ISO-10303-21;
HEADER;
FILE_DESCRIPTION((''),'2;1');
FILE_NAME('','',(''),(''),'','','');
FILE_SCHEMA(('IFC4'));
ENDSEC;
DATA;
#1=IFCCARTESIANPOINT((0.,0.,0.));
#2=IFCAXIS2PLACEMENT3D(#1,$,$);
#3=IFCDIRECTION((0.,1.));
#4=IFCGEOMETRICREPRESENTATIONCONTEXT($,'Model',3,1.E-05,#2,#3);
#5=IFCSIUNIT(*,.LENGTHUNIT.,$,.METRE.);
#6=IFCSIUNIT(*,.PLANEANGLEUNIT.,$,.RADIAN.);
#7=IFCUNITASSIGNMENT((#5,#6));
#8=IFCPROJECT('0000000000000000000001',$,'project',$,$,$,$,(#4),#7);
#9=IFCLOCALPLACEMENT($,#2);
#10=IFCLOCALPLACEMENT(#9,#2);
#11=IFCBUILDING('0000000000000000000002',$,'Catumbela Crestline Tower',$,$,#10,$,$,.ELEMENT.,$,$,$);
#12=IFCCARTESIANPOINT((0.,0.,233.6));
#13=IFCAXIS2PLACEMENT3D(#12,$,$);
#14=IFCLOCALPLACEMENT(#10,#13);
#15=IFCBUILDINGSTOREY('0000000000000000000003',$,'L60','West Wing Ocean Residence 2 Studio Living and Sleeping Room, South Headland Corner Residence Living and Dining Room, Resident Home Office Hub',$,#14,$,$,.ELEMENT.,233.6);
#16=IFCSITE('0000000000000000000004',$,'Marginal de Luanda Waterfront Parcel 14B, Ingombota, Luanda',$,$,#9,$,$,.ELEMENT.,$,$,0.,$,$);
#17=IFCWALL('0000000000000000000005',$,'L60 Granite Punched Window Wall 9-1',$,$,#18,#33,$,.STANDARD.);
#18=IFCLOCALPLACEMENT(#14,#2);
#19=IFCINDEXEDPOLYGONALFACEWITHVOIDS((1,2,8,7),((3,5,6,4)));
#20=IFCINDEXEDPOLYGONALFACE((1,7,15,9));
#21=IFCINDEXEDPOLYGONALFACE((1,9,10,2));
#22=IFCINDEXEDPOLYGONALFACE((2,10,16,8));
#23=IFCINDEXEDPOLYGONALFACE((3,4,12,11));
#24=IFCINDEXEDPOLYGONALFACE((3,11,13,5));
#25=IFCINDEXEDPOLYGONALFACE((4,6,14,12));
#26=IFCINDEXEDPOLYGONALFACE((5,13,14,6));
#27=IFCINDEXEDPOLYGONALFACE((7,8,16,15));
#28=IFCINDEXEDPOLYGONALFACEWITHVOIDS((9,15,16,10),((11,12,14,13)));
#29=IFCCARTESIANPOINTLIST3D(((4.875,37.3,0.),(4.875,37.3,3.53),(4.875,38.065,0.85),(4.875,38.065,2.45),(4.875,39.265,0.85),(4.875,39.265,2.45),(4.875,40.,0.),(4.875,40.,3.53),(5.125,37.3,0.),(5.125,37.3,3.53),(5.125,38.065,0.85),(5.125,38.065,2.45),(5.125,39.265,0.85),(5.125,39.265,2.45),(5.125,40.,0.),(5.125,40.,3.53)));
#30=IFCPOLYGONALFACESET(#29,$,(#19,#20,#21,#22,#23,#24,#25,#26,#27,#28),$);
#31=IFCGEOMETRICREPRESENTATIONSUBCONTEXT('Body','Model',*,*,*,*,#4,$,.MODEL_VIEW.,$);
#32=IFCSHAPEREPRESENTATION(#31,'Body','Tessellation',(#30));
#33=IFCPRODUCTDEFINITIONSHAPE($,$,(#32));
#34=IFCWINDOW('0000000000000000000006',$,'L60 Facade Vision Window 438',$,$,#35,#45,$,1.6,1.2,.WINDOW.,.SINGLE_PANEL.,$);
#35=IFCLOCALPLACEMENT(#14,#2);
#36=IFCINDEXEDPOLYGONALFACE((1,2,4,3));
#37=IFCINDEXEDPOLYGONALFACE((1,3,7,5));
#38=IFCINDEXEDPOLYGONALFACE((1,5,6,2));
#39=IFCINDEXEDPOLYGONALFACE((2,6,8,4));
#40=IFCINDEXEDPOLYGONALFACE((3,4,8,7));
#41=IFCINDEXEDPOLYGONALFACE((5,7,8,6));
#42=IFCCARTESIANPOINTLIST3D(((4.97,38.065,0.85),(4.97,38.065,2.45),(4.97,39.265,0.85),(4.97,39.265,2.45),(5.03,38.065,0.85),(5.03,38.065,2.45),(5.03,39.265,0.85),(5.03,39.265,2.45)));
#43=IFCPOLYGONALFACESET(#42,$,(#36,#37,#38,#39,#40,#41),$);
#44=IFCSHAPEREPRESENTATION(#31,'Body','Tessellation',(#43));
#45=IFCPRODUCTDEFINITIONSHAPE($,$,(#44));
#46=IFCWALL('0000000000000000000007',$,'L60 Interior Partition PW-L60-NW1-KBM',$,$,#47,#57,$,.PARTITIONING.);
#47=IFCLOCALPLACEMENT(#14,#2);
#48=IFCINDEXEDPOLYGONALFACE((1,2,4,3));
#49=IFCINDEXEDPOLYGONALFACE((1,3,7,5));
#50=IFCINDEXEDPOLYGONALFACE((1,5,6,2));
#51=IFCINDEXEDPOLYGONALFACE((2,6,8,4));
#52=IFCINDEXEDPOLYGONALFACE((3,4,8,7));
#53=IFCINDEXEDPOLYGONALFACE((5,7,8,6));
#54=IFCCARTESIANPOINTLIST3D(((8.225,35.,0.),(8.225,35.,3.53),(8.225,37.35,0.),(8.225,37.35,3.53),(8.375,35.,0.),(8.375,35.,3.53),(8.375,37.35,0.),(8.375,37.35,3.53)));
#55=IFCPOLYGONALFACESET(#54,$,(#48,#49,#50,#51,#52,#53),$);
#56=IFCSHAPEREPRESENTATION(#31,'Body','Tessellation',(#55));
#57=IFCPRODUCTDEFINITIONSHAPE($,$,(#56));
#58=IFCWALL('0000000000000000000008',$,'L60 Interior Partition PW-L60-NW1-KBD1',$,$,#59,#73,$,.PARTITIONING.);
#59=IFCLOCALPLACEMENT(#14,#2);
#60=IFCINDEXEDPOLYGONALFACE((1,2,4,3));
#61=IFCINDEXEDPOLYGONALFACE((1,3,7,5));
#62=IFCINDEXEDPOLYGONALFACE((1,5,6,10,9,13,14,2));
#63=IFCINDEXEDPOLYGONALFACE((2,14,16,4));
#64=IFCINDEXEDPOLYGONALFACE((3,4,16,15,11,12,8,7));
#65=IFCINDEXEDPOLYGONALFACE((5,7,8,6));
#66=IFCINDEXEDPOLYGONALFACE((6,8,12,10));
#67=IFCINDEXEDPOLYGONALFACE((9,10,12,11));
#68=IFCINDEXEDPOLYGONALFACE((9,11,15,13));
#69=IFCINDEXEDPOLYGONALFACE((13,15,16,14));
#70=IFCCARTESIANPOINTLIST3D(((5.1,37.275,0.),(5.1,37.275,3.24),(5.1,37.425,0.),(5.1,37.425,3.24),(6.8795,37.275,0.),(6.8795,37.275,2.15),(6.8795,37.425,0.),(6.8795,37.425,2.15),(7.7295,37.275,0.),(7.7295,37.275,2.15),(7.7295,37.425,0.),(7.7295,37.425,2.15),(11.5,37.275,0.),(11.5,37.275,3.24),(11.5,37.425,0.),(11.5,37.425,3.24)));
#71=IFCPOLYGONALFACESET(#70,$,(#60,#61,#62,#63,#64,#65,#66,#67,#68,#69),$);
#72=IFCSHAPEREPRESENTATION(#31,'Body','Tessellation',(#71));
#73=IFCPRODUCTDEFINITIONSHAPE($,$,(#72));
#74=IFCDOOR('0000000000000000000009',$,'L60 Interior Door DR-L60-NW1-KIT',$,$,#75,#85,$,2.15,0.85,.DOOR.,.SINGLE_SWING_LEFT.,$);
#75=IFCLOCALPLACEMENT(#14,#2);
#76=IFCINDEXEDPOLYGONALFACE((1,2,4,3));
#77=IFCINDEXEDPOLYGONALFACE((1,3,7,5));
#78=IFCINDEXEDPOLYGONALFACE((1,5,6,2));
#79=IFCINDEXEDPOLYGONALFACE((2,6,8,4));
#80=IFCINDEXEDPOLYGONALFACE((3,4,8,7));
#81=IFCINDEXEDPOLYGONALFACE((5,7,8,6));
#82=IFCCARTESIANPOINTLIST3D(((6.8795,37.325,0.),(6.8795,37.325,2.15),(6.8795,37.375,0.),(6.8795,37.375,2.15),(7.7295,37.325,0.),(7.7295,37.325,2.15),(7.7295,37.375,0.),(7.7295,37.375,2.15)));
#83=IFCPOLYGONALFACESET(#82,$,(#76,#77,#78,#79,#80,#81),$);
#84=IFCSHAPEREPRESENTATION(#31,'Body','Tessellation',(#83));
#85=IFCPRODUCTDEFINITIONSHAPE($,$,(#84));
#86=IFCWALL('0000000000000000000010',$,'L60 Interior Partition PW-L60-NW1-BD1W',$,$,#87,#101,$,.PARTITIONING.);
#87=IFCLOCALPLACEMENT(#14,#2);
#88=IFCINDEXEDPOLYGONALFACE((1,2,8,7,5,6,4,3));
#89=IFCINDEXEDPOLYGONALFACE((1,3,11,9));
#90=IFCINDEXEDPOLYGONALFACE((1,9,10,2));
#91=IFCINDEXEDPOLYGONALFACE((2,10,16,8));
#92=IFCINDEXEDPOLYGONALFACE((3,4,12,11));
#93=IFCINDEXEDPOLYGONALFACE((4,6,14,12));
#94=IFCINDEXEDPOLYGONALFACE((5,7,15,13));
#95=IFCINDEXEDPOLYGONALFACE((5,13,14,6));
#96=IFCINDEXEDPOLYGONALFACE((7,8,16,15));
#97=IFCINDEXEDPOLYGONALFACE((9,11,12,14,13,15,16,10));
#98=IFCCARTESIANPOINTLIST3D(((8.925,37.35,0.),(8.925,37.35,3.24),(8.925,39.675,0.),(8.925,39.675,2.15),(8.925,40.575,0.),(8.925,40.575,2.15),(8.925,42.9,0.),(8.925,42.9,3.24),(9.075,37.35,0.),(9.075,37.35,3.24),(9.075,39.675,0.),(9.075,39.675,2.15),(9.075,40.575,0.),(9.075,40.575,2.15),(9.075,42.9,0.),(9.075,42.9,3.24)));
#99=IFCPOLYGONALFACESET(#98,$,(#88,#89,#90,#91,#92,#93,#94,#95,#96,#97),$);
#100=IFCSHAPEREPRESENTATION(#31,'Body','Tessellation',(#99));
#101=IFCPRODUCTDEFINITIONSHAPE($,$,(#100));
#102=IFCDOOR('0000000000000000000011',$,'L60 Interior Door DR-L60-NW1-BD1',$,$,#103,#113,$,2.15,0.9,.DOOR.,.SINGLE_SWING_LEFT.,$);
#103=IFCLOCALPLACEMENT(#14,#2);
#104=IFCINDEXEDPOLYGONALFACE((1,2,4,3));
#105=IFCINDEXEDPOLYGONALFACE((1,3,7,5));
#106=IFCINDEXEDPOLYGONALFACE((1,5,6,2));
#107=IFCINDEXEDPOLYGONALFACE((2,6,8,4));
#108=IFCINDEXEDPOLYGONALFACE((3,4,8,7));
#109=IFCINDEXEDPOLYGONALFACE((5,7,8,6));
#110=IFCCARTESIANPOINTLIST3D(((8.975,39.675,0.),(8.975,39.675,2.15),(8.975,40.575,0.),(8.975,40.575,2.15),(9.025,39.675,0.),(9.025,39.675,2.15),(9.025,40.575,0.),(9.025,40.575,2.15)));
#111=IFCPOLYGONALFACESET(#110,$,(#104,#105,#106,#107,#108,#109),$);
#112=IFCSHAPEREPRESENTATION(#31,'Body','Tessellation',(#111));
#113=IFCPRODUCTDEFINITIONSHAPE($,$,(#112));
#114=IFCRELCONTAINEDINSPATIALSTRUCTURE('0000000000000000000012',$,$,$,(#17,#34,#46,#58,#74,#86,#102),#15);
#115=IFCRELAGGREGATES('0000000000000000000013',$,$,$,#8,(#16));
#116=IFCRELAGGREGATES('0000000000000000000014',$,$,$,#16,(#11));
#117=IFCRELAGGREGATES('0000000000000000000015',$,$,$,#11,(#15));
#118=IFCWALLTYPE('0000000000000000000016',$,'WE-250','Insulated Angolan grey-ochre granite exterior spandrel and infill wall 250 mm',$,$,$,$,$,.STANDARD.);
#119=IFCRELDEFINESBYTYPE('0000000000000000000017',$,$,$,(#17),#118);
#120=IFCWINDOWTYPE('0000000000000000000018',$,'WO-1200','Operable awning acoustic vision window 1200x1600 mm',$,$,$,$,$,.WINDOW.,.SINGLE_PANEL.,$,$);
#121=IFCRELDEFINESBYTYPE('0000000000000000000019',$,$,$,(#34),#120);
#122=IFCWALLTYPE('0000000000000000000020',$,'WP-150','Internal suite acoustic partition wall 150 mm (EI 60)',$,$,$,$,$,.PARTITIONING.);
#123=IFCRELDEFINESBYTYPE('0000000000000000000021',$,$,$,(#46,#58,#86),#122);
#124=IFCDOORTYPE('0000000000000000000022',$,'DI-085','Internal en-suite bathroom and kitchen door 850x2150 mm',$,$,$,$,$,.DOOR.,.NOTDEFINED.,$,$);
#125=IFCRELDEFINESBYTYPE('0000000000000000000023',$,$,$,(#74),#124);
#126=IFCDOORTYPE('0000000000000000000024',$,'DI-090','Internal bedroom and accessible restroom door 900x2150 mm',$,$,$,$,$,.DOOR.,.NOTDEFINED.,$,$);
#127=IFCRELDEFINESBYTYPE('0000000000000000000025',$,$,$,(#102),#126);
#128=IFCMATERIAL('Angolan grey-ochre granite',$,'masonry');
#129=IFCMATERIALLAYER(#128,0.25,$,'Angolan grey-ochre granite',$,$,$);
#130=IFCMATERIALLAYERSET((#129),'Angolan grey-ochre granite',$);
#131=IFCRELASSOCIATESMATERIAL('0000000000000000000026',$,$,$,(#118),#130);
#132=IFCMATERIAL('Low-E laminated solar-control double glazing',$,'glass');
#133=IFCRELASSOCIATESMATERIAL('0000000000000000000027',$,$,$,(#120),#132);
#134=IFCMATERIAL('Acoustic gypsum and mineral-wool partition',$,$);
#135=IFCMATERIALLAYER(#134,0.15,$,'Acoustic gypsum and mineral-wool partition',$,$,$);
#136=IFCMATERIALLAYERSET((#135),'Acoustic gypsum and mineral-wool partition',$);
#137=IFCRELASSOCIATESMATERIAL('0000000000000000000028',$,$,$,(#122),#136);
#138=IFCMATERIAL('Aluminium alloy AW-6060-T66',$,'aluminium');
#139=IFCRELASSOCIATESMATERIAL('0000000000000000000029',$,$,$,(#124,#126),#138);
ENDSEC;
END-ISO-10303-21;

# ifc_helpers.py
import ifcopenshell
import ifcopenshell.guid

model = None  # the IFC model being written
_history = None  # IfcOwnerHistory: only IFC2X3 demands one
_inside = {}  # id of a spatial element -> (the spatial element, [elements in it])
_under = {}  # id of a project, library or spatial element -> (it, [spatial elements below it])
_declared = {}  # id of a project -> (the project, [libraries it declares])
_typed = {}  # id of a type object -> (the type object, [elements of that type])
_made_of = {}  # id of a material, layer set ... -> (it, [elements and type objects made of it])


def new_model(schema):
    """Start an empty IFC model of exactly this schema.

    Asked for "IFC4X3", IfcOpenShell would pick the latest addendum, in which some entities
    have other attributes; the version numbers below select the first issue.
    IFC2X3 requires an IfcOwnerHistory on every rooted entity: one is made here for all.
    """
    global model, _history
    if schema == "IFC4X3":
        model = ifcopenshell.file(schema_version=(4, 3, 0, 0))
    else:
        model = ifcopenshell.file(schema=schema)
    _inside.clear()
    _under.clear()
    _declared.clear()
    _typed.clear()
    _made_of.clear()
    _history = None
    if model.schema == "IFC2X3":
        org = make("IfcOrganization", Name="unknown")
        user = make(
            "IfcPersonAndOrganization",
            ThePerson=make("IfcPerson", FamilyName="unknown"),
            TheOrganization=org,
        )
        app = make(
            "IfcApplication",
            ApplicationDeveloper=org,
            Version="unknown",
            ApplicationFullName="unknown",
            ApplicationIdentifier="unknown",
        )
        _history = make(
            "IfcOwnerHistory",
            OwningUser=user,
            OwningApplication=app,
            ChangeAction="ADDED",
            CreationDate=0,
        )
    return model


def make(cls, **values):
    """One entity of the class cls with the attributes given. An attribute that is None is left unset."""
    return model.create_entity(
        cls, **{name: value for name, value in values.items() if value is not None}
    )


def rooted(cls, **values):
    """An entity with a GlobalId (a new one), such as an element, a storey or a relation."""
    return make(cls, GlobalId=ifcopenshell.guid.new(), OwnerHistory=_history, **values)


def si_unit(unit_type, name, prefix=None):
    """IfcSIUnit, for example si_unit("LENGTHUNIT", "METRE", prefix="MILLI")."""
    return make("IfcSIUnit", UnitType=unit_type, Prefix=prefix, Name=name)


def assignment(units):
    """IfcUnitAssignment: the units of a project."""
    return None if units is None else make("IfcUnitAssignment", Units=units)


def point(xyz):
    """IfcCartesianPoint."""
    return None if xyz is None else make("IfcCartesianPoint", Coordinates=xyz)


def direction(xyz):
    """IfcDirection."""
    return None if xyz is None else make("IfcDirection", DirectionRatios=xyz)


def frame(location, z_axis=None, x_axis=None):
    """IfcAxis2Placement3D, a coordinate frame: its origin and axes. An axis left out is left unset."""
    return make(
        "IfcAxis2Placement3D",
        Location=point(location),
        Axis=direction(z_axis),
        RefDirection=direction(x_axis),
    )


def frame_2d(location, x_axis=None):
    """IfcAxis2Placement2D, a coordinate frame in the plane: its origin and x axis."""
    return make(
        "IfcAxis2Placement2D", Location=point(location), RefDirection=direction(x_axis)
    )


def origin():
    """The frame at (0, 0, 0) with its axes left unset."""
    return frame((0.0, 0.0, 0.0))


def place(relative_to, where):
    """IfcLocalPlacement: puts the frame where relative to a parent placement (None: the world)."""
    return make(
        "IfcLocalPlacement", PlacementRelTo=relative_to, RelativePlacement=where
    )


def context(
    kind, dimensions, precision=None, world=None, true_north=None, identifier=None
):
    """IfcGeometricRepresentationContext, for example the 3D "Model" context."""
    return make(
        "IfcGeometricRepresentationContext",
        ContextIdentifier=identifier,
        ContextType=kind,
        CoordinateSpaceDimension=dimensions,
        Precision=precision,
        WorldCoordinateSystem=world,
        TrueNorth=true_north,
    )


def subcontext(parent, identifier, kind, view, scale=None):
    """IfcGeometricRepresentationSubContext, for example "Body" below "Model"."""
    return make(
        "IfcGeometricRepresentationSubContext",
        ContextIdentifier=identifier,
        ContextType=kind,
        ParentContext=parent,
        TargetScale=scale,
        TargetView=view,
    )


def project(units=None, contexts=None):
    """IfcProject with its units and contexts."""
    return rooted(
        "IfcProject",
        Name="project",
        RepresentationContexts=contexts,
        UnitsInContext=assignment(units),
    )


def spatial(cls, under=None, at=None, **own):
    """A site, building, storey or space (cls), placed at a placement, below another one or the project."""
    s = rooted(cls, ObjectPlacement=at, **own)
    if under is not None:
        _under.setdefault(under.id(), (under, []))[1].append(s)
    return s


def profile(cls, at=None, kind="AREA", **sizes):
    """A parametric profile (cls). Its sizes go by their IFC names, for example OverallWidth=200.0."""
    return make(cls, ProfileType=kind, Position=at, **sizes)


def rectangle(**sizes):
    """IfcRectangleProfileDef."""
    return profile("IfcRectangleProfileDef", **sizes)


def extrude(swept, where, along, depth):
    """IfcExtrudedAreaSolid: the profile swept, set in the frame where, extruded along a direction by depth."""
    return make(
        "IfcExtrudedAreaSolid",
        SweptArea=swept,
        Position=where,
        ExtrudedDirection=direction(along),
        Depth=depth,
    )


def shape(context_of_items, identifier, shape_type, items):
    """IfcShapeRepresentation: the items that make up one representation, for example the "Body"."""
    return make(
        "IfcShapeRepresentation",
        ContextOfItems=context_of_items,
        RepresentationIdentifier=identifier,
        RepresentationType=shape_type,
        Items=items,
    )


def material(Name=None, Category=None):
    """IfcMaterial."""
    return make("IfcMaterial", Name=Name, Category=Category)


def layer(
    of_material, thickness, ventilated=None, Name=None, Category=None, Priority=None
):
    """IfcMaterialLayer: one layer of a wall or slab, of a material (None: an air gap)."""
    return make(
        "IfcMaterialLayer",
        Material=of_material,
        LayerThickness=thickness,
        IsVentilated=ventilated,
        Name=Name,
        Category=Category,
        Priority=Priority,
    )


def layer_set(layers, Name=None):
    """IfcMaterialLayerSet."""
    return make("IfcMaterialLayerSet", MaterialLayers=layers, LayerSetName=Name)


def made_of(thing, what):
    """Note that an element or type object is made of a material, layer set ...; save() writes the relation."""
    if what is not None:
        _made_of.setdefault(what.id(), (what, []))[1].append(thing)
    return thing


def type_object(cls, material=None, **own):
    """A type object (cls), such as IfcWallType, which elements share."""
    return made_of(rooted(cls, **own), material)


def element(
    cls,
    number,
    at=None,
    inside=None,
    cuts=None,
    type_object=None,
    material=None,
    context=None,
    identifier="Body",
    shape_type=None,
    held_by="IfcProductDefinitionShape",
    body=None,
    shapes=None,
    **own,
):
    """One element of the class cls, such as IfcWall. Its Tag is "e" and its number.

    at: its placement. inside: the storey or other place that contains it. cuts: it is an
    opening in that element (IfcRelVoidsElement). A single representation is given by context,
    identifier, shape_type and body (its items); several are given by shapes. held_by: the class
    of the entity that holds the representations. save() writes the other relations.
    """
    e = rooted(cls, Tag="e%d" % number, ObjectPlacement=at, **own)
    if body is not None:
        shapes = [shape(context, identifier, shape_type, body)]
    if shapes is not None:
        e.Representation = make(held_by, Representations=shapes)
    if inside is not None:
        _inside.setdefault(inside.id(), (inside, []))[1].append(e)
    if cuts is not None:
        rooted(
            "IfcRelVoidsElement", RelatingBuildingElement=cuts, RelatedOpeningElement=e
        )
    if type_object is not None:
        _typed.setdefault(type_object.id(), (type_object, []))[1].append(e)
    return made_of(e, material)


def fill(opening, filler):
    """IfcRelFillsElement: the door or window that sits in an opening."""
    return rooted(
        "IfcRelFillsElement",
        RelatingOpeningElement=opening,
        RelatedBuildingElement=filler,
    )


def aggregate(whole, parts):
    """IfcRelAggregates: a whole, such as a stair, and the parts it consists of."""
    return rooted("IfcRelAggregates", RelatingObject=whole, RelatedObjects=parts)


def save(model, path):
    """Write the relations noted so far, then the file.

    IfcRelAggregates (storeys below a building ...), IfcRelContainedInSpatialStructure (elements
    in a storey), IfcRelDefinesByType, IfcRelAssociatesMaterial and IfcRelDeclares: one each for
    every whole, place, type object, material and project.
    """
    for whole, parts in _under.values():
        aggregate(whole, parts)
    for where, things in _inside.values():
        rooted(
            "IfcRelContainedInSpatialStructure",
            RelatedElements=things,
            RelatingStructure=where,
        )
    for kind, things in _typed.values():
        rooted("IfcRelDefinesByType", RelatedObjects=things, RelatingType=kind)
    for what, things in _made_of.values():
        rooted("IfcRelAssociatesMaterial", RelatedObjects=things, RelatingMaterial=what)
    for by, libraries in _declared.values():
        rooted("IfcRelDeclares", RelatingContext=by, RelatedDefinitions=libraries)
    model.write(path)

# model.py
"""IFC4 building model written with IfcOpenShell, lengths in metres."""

from ifc_helpers import new_model, si_unit, direction, frame, frame_2d, origin, place, context, subcontext, project, spatial, rectangle, extrude, material, layer, layer_set, type_object, element, fill, save


model = new_model("IFC4")

# Units and contexts
model_context = context("Model", 3, precision=1e-05, world=origin(), true_north=direction((0.0, 1.0)))
body_context = subcontext(model_context, "Body", "Model", "MODEL_VIEW")
ifc_project = project(units=[si_unit("LENGTHUNIT", "METRE"), si_unit("PLANEANGLEUNIT", "RADIAN")], contexts=[model_context])

# Site, building, storey
site_placement = place(None, origin())
site = spatial("IfcSite", under=ifc_project, at=site_placement, Name="Marginal de Luanda Waterfront Parcel 14B, Ingombota, Luanda", CompositionType="ELEMENT", RefElevation=0.0)
building_placement = place(site_placement, origin())
building = spatial("IfcBuilding", under=site, at=building_placement, Name="Catumbela Crestline Tower", CompositionType="ELEMENT")
storey_placement = place(building_placement, frame((0.0, 0.0, 233.6)))
storey = spatial("IfcBuildingStorey", under=building, at=storey_placement, Name="L60", Description="West Wing Ocean Residence 2 Studio Living and Sleeping Room, South Headland Corner Residence Living and Dining Room, Resident Home Office Hub", CompositionType="ELEMENT", Elevation=233.6)

# Shared definitions
ifc_material_1 = material(Name="Aluminium alloy AW-6060-T66", Category="aluminium")

# Shared definitions
ifc_material_2 = material(Name="Low-E laminated solar-control double glazing", Category="glass")

# Shared definitions
ifc_material_3 = material(Name="Acoustic gypsum and mineral-wool partition")

# Shared definitions
ifc_material_4 = material(Name="Angolan grey-ochre granite", Category="masonry")
ifc_layer_1 = layer(ifc_material_4, 0.25, Name="Angolan grey-ochre granite")
ifc_layer_set_1 = layer_set([ifc_layer_1], Name="Angolan grey-ochre granite")
wall_type_1 = type_object("IfcWallType", Name="WE-250", Description="Insulated Angolan grey-ochre granite exterior spandrel and infill wall 250 mm", PredefinedType="STANDARD", material=ifc_layer_set_1)

# Wall, opening, window
wall_1_placement = place(storey_placement, frame((5.0, 40.0, 0.0), z_axis=(0.0, 0.0, 1.0), x_axis=(0.0, -1.0, 0.0)))
wall_1 = element("IfcWall", 1, at=wall_1_placement, inside=storey, type_object=wall_type_1, Name="L60 Granite Punched Window Wall 9-1", PredefinedType="STANDARD", context=body_context, shape_type="SweptSolid", body=[
    extrude(rectangle(XDim=2.7, YDim=0.25, at=frame_2d((1.35, 0.0))), origin(), (0.0, 0.0, 1.0), 3.53),
])
opening_1_placement = place(wall_1_placement, frame((0.735, 0.0, 0.85)))
opening_1 = element("IfcOpeningElement", 2, at=opening_1_placement, cuts=wall_1, PredefinedType="OPENING", context=body_context, shape_type="SweptSolid", body=[
    extrude(rectangle(XDim=1.2, YDim=1.6, at=frame_2d((0.6, 0.8))), frame((0.0, 0.135, 0.0), z_axis=(0.0, -1.0, 0.0), x_axis=(1.0, 0.0, 0.0)), (0.0, 0.0, 1.0), 0.27),
])
window_type_1 = type_object("IfcWindowType", Name="WO-1200", Description="Operable awning acoustic vision window 1200x1600 mm", PartitioningType="SINGLE_PANEL", PredefinedType="WINDOW", material=ifc_material_2)
window_1_placement = place(opening_1_placement, origin())
window_1 = element("IfcWindow", 3, at=window_1_placement, inside=storey, type_object=window_type_1, Name="L60 Facade Vision Window 438", OverallHeight=1.6, OverallWidth=1.2, PartitioningType="SINGLE_PANEL", PredefinedType="WINDOW", context=body_context, shape_type="SweptSolid", body=[
    extrude(rectangle(XDim=1.2, YDim=1.6, at=frame_2d((0.6, 0.8))), frame((0.0, 0.03, 0.0), z_axis=(0.0, -1.0, 0.0), x_axis=(1.0, 0.0, 0.0)), (0.0, 0.0, 1.0), 0.06),
])
fill(opening_1, window_1)

# Wall
ifc_layer_2 = layer(ifc_material_3, 0.15, Name="Acoustic gypsum and mineral-wool partition")
ifc_layer_set_2 = layer_set([ifc_layer_2], Name="Acoustic gypsum and mineral-wool partition")
wall_type_2 = type_object("IfcWallType", Name="WP-150", Description="Internal suite acoustic partition wall 150 mm (EI 60)", PredefinedType="PARTITIONING", material=ifc_layer_set_2)
wall_2_placement = place(storey_placement, frame((8.3, 35.0, 0.0), z_axis=(0.0, 0.0, 1.0), x_axis=(0.0, 1.0, 0.0)))
element("IfcWall", 4, at=wall_2_placement, inside=storey, type_object=wall_type_2, Name="L60 Interior Partition PW-L60-NW1-KBM", PredefinedType="PARTITIONING", context=body_context, shape_type="SweptSolid", body=[
    extrude(rectangle(XDim=2.35, YDim=0.15, at=frame_2d((1.175, 0.0))), origin(), (0.0, 0.0, 1.0), 3.53),
])

# Walls, openings, doors
wall_3_placement = place(storey_placement, frame((5.1, 37.35, 0.0), z_axis=(0.0, 0.0, 1.0), x_axis=(1.0, 0.0, 0.0)))
wall_3 = element("IfcWall", 5, at=wall_3_placement, inside=storey, type_object=wall_type_2, Name="L60 Interior Partition PW-L60-NW1-KBD1", PredefinedType="PARTITIONING", context=body_context, shape_type="SweptSolid", body=[
    extrude(rectangle(XDim=6.4, YDim=0.15, at=frame_2d((3.2, 0.0))), origin(), (0.0, 0.0, 1.0), 3.24),
])
opening_2_placement = place(wall_3_placement, frame((1.7795, 0.0, 0.0)))
opening_2 = element("IfcOpeningElement", 6, at=opening_2_placement, cuts=wall_3, PredefinedType="OPENING", context=body_context, shape_type="SweptSolid", body=[
    extrude(rectangle(XDim=0.85, YDim=2.15, at=frame_2d((0.425, 1.075))), frame((0.0, 0.085, 0.0), z_axis=(0.0, -1.0, 0.0), x_axis=(1.0, 0.0, 0.0)), (0.0, 0.0, 1.0), 0.17),
])
door_type_1 = type_object("IfcDoorType", Name="DI-085", Description="Internal en-suite bathroom and kitchen door 850x2150 mm", OperationType="NOTDEFINED", PredefinedType="DOOR", material=ifc_material_1)
door_1_placement = place(opening_2_placement, origin())
door_1 = element("IfcDoor", 7, at=door_1_placement, inside=storey, type_object=door_type_1, Name="L60 Interior Door DR-L60-NW1-KIT", OperationType="SINGLE_SWING_LEFT", OverallHeight=2.15, OverallWidth=0.85, PredefinedType="DOOR", context=body_context, shape_type="SweptSolid", body=[
    extrude(rectangle(XDim=0.85, YDim=2.15, at=frame_2d((0.425, 1.075))), frame((0.0, 0.025, 0.0), z_axis=(0.0, -1.0, 0.0), x_axis=(1.0, 0.0, 0.0)), (0.0, 0.0, 1.0), 0.05),
])
fill(opening_2, door_1)
wall_4_placement = place(storey_placement, frame((9.0, 37.35, 0.0), z_axis=(0.0, 0.0, 1.0), x_axis=(0.0, 1.0, 0.0)))
wall_4 = element("IfcWall", 8, at=wall_4_placement, inside=storey, type_object=wall_type_2, Name="L60 Interior Partition PW-L60-NW1-BD1W", PredefinedType="PARTITIONING", context=body_context, shape_type="SweptSolid", body=[
    extrude(rectangle(XDim=5.55, YDim=0.15, at=frame_2d((2.775, 0.0))), origin(), (0.0, 0.0, 1.0), 3.24),
])
opening_3_placement = place(wall_4_placement, frame((2.325, 0.0, 0.0)))
opening_3 = element("IfcOpeningElement", 9, at=opening_3_placement, cuts=wall_4, PredefinedType="OPENING", context=body_context, shape_type="SweptSolid", body=[
    extrude(rectangle(XDim=0.9, YDim=2.15, at=frame_2d((0.45, 1.075))), frame((0.0, 0.085, 0.0), z_axis=(0.0, -1.0, 0.0), x_axis=(1.0, 0.0, 0.0)), (0.0, 0.0, 1.0), 0.17),
])
door_type_2 = type_object("IfcDoorType", Name="DI-090", Description="Internal bedroom and accessible restroom door 900x2150 mm", OperationType="NOTDEFINED", PredefinedType="DOOR", material=ifc_material_1)
door_2_placement = place(opening_3_placement, origin())
door_2 = element("IfcDoor", 10, at=door_2_placement, inside=storey, type_object=door_type_2, Name="L60 Interior Door DR-L60-NW1-BD1", OperationType="SINGLE_SWING_LEFT", OverallHeight=2.15, OverallWidth=0.9, PredefinedType="DOOR", context=body_context, shape_type="SweptSolid", body=[
    extrude(rectangle(XDim=0.9, YDim=2.15, at=frame_2d((0.45, 1.075))), frame((0.0, 0.025, 0.0), z_axis=(0.0, -1.0, 0.0), x_axis=(1.0, 0.0, 0.0)), (0.0, 0.0, 1.0), 0.05),
])
fill(opening_3, door_2)

save(model, "model.ifc")
